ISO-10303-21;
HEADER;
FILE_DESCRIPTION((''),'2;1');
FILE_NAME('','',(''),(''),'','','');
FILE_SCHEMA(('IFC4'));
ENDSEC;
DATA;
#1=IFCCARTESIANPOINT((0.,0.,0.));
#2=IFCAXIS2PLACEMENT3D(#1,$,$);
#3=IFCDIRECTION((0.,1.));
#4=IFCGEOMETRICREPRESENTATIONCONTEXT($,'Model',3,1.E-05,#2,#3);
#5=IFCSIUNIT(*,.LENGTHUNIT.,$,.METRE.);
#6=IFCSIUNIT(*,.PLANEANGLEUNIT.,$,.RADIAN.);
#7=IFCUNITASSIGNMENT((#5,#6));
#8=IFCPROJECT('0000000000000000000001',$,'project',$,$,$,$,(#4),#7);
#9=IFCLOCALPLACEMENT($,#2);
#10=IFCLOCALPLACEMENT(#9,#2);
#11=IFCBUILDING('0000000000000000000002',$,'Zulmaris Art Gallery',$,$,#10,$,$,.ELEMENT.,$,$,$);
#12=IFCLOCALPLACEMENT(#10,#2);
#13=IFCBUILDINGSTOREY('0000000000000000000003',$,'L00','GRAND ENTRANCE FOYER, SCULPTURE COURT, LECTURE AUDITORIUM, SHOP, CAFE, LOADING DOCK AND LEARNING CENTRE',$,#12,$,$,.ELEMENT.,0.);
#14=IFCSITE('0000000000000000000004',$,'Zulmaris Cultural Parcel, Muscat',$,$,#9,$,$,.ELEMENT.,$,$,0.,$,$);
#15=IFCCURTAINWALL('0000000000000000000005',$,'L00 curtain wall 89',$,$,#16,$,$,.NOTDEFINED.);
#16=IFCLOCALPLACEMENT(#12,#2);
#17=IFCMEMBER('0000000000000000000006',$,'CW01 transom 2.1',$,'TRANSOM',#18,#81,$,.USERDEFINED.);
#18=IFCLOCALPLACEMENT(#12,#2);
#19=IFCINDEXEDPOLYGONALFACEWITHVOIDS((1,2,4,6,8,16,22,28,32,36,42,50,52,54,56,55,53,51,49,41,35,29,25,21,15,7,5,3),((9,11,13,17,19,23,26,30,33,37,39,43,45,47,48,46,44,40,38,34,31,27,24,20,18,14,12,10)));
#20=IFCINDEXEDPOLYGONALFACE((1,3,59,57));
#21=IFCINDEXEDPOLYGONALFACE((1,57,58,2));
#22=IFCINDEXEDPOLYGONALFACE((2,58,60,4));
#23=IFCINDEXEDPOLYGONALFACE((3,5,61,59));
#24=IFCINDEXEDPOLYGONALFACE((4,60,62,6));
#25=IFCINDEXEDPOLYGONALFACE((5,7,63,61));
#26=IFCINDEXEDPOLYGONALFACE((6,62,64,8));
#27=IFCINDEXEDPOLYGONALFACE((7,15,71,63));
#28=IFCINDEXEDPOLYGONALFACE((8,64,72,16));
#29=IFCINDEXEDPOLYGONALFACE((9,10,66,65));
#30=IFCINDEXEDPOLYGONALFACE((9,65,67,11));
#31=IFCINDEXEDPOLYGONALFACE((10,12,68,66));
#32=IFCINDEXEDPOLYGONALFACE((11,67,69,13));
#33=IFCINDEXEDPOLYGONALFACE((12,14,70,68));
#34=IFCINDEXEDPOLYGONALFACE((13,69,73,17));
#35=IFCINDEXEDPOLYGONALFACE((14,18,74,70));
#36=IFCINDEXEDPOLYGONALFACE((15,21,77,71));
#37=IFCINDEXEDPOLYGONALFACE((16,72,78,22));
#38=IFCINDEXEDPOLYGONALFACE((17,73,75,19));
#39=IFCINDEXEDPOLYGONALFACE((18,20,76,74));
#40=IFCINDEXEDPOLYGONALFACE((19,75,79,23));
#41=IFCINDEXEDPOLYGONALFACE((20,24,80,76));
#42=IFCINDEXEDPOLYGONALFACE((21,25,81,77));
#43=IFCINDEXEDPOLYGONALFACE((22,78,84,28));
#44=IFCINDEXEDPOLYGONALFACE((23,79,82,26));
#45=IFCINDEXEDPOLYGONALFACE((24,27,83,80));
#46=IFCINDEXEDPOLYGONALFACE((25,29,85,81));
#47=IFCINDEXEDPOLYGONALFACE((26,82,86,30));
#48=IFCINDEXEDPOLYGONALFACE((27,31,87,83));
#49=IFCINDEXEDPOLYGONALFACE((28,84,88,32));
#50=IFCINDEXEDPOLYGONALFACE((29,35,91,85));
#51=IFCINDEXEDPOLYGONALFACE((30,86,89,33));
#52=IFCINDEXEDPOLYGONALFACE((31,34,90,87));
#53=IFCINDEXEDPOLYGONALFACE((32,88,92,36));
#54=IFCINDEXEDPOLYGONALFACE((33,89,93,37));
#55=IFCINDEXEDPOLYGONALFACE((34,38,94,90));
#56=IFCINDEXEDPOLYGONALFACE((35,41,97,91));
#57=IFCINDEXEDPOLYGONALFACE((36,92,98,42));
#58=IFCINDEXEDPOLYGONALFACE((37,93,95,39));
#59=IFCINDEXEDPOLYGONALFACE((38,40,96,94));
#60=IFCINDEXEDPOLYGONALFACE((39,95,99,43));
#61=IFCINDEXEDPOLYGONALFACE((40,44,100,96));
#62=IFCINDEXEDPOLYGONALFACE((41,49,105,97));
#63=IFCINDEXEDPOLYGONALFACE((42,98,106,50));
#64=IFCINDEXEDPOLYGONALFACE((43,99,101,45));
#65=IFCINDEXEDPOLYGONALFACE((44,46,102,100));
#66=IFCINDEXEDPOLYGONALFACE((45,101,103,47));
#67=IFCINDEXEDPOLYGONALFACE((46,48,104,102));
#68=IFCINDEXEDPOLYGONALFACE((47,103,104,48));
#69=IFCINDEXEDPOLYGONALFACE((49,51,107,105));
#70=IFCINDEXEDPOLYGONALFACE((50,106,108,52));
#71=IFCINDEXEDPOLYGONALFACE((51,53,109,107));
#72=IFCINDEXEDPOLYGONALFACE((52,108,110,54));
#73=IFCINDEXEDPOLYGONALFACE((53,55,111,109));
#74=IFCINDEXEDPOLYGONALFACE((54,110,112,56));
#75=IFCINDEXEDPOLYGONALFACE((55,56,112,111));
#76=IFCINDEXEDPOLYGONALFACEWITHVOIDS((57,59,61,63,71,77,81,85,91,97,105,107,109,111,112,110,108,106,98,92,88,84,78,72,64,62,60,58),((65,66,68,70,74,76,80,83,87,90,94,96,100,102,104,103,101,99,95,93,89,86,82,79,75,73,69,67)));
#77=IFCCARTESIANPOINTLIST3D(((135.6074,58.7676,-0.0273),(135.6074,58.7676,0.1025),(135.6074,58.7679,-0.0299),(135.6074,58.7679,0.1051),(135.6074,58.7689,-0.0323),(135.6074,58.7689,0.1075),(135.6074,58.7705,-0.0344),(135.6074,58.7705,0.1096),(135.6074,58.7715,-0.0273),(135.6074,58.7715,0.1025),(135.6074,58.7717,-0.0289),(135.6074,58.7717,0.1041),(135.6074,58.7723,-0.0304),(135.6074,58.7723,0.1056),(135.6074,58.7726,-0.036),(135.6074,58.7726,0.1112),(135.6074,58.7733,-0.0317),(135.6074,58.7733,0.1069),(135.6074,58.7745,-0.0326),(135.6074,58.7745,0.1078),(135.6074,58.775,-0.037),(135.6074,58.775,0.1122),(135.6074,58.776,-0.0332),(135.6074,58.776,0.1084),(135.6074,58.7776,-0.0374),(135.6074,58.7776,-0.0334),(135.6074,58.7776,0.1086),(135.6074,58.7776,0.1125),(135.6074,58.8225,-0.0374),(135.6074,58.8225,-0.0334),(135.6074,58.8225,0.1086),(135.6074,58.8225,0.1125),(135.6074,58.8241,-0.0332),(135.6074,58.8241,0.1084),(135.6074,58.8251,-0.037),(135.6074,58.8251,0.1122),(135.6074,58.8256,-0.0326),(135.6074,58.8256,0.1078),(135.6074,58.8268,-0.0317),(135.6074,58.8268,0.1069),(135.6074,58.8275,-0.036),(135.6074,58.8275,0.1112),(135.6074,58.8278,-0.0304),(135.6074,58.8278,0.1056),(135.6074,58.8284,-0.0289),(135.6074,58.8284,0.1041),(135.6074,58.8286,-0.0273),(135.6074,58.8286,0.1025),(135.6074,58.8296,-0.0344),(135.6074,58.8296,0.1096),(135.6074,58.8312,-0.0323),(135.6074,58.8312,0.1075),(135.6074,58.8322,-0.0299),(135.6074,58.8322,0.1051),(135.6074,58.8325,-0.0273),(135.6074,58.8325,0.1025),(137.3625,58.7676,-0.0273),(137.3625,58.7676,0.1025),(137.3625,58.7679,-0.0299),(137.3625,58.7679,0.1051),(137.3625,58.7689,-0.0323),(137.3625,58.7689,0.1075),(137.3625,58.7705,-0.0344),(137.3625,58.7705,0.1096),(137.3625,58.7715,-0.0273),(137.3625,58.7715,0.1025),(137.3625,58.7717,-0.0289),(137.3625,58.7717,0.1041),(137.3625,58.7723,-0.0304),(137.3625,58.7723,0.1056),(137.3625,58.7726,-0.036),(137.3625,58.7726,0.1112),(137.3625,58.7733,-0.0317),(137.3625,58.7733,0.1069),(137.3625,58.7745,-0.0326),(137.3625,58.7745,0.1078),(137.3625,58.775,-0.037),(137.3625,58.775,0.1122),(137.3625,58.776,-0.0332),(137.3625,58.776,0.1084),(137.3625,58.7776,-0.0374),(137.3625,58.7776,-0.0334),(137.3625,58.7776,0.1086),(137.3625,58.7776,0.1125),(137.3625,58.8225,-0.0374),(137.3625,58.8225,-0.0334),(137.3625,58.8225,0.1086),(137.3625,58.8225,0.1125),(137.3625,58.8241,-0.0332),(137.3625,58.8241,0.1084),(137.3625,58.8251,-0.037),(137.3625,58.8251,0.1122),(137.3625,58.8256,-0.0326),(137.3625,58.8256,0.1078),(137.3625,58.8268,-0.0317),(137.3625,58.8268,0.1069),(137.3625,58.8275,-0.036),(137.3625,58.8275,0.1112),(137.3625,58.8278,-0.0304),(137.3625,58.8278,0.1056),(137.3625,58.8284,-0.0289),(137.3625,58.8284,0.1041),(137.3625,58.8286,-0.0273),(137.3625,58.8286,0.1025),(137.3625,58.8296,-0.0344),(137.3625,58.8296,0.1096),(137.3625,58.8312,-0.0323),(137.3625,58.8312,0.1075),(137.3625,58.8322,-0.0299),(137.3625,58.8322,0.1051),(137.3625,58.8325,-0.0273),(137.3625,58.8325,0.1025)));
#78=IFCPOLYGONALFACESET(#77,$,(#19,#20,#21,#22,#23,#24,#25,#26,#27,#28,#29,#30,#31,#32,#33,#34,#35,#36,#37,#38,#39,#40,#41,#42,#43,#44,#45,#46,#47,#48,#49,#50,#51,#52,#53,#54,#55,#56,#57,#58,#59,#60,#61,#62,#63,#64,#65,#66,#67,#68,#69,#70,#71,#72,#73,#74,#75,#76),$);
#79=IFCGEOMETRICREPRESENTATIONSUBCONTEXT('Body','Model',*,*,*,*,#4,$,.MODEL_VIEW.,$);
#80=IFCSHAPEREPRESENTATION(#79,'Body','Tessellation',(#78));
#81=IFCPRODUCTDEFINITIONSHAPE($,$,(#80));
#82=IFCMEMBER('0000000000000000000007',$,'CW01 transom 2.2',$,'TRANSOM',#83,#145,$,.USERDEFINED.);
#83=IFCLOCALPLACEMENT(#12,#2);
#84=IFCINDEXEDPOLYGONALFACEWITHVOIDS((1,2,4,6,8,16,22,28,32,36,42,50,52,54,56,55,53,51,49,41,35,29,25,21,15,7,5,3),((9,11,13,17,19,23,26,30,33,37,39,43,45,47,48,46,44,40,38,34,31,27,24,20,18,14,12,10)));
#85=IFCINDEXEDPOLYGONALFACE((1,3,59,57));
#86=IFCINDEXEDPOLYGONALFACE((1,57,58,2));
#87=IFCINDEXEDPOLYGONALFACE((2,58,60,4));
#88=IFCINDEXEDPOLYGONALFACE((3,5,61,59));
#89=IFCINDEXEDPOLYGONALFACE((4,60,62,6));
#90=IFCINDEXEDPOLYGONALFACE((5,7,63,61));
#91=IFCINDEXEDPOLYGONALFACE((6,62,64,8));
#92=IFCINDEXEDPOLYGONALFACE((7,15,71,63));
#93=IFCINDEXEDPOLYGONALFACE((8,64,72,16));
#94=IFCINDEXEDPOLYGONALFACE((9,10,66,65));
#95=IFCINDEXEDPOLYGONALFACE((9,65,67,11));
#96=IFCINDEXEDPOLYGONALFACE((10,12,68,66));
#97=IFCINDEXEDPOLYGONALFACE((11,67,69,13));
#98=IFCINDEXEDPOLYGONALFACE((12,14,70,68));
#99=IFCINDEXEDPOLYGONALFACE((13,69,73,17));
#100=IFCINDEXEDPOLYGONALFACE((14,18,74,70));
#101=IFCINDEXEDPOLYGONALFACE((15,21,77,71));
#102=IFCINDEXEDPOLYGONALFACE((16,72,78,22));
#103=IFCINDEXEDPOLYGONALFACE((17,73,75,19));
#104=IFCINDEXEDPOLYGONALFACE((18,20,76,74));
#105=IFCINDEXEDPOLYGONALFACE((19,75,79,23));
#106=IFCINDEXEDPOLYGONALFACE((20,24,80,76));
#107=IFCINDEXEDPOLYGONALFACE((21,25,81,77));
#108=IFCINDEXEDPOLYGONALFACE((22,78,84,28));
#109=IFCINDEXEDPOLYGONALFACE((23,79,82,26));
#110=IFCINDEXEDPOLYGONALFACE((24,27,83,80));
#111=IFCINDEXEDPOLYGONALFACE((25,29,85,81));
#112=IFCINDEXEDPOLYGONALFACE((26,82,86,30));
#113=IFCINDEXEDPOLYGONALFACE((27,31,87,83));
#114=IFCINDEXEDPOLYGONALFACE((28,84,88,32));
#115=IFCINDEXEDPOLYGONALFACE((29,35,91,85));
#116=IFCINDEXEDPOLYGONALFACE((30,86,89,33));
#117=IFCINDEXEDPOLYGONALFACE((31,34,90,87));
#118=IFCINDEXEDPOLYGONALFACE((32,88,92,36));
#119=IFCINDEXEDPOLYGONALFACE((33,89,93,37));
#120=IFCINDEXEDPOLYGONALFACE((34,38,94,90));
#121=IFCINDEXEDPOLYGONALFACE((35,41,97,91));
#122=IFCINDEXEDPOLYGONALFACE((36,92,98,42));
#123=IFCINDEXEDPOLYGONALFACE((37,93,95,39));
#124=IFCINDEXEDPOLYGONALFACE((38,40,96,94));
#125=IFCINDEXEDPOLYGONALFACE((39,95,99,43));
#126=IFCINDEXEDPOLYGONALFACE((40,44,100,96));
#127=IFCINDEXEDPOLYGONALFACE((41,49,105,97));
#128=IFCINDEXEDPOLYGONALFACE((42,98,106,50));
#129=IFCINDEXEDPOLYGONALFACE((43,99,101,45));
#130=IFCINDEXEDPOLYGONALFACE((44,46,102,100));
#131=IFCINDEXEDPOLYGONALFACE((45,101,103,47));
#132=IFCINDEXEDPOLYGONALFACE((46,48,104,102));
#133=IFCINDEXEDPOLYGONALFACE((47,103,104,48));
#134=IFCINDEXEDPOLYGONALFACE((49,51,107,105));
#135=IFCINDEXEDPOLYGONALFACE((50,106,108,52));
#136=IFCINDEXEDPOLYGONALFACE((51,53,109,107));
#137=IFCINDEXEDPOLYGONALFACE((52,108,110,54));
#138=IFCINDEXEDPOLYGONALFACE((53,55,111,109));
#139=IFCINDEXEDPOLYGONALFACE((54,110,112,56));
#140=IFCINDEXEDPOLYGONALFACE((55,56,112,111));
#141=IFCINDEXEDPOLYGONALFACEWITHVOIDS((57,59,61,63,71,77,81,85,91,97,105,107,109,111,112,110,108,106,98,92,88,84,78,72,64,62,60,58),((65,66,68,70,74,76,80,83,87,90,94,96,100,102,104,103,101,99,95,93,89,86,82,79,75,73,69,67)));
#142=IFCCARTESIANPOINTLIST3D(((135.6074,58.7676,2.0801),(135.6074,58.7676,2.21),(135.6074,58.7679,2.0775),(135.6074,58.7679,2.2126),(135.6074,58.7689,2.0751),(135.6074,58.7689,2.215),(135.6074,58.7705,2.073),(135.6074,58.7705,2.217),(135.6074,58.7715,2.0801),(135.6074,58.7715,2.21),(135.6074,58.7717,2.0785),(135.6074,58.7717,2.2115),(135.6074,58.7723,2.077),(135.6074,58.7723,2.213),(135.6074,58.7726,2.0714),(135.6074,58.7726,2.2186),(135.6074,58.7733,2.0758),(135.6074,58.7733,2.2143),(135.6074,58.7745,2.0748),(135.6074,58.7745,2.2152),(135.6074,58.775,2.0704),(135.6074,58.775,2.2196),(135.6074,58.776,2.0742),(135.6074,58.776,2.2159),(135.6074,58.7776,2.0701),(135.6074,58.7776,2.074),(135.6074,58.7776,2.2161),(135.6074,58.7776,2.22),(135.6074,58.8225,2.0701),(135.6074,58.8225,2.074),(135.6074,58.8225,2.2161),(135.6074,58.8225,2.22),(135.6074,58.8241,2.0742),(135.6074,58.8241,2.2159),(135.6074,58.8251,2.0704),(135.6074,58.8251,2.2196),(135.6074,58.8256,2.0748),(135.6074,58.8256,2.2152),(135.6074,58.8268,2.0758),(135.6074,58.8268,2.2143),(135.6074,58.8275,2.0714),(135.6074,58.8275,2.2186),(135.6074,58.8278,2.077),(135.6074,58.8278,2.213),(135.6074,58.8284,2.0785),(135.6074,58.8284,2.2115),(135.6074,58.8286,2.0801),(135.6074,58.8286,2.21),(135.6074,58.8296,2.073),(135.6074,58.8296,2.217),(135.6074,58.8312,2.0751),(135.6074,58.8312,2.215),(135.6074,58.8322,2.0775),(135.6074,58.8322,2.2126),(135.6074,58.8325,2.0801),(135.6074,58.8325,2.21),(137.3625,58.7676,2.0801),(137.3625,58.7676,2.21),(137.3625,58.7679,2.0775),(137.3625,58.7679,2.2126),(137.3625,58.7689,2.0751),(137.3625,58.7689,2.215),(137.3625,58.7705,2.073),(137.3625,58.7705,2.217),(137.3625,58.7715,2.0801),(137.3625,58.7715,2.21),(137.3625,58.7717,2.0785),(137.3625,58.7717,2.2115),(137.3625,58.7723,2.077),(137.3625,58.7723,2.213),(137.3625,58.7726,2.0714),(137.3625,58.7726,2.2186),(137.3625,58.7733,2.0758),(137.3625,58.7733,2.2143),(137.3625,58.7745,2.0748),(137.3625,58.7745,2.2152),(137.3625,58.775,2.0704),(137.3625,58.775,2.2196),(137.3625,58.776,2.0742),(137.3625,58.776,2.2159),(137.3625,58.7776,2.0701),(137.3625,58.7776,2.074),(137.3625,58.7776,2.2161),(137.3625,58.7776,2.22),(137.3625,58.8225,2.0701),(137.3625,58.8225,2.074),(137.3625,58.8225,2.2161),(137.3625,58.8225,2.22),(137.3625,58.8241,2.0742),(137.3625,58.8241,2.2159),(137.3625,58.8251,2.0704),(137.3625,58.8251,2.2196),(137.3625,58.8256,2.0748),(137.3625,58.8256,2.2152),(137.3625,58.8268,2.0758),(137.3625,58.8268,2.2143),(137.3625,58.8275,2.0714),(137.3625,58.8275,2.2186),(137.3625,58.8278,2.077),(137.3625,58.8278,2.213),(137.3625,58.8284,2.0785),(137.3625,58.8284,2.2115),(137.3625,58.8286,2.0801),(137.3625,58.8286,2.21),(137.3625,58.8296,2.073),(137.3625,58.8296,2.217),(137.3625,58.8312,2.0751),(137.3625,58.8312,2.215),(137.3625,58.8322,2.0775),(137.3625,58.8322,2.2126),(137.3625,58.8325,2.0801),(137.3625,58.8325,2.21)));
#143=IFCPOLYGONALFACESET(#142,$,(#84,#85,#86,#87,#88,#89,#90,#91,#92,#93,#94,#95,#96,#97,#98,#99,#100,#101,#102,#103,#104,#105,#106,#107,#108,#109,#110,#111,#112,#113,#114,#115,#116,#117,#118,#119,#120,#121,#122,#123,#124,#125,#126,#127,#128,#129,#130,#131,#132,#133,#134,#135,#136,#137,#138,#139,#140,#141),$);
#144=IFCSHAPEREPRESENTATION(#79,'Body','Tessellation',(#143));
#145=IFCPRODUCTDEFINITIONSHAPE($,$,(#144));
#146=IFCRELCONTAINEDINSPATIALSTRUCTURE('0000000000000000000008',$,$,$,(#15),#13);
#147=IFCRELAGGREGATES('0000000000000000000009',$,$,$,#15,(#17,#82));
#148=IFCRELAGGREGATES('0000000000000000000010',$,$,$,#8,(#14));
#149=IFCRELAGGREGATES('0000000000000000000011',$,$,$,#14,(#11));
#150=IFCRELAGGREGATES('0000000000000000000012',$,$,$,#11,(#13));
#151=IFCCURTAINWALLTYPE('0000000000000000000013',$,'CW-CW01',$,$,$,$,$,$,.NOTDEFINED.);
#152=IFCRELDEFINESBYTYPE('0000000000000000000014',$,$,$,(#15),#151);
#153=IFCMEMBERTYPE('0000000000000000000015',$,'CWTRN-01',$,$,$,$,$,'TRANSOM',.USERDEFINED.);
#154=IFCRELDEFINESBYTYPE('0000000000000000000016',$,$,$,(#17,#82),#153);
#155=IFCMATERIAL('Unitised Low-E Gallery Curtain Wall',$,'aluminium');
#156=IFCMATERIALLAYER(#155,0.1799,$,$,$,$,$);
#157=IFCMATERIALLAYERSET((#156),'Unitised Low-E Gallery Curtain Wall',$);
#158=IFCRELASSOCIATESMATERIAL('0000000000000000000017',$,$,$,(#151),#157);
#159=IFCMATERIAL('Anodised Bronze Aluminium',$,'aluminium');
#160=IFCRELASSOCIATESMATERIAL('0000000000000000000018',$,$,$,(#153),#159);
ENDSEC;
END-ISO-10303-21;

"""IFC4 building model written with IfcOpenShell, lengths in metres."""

from ifc_helpers import new_model, si_unit, direction, frame, origin, origin_2d, place, context, subcontext, project, spatial, hollow_rectangle, extrude, material, layer, layer_set, material_profile, profile_set, type_object, element, aggregate, save


model = new_model("IFC4")

# Units and contexts
model_context = context("Model", 3, precision=1e-05, world=origin(), true_north=direction((0.0, 1.0)))
body_context = subcontext(model_context, "Body", "Model", "MODEL_VIEW")
ifc_project = project(units=[si_unit("LENGTHUNIT", "METRE"), si_unit("PLANEANGLEUNIT", "RADIAN")], contexts=[model_context])

# Site, building, storey
site_placement = place(None, origin())
site = spatial("IfcSite", under=ifc_project, at=site_placement, Name="Zulmaris Cultural Parcel, Muscat", CompositionType="ELEMENT", RefElevation=0.0)
building_placement = place(site_placement, origin())
building = spatial("IfcBuilding", under=site, at=building_placement, Name="Zulmaris Art Gallery", CompositionType="ELEMENT")
storey_placement = place(building_placement, origin())
storey = spatial("IfcBuildingStorey", under=building, at=storey_placement, Name="L00", Description="GRAND ENTRANCE FOYER, SCULPTURE COURT, LECTURE AUDITORIUM, SHOP, CAFE, LOADING DOCK AND LEARNING CENTRE", CompositionType="ELEMENT", Elevation=0.0)

# Shared definitions
ifc_material_1 = material(Name="Unitised Low-E Gallery Curtain Wall", Category="aluminium")
ifc_layer_1 = layer(ifc_material_1, 0.1799)
ifc_layer_set_1 = layer_set([ifc_layer_1], Name="Unitised Low-E Gallery Curtain Wall")
curtain_wall_type = type_object("IfcCurtainWallType", Name="CW-CW01", PredefinedType="NOTDEFINED", material=ifc_layer_set_1)
ifc_material_2 = material(Name="Anodised Bronze Aluminium", Category="aluminium")

# Curtain wall, members
curtain_wall_1_placement = place(storey_placement, origin())
curtain_wall_1 = element("IfcCurtainWall", 1, at=curtain_wall_1_placement, inside=storey, type_object=curtain_wall_type, Name="L00 curtain wall 89", PredefinedType="NOTDEFINED")
ifc_material_profile_1 = material_profile(ifc_material_2, hollow_rectangle(XDim=0.0649, YDim=0.1499, WallThickness=0.0039, InnerFilletRadius=0.0061, OuterFilletRadius=0.01, at=origin_2d()), Name="ALU 65x150x4")
ifc_profile_set_1 = profile_set([ifc_material_profile_1], Name="Anodised Bronze Aluminium")
member_type_1 = type_object("IfcMemberType", Name="CWTRN-01", ElementType="TRANSOM", PredefinedType="USERDEFINED", material=ifc_profile_set_1)
member_1_placement = place(storey_placement, frame((135.6074, 58.8, 0.0376), z_axis=(1.0, 0.0, 0.0), x_axis=(0.0, 1.0, 0.0)))
member_1 = element("IfcMember", 2, at=member_1_placement, type_object=member_type_1, Name="CW01 transom 2.1", ObjectType="TRANSOM", PredefinedType="USERDEFINED", context=body_context, shape_type="SweptSolid", body=[
    extrude(hollow_rectangle(XDim=0.0649, YDim=0.1499, WallThickness=0.0039, InnerFilletRadius=0.0061, OuterFilletRadius=0.01, at=origin_2d()), origin(), (0.0, 0.0, 1.0), 1.7551),
])
member_2_placement = place(storey_placement, frame((135.6074, 58.8, 2.145), z_axis=(1.0, 0.0, 0.0), x_axis=(0.0, 1.0, 0.0)))
member_2 = element("IfcMember", 3, at=member_2_placement, type_object=member_type_1, Name="CW01 transom 2.2", ObjectType="TRANSOM", PredefinedType="USERDEFINED", context=body_context, shape_type="SweptSolid", body=[
    extrude(hollow_rectangle(XDim=0.0649, YDim=0.1499, WallThickness=0.0039, InnerFilletRadius=0.0061, OuterFilletRadius=0.01, at=origin_2d()), origin(), (0.0, 0.0, 1.0), 1.7551),
])
aggregate(curtain_wall_1, [member_1, member_2])

save(model, "model.ifc")
